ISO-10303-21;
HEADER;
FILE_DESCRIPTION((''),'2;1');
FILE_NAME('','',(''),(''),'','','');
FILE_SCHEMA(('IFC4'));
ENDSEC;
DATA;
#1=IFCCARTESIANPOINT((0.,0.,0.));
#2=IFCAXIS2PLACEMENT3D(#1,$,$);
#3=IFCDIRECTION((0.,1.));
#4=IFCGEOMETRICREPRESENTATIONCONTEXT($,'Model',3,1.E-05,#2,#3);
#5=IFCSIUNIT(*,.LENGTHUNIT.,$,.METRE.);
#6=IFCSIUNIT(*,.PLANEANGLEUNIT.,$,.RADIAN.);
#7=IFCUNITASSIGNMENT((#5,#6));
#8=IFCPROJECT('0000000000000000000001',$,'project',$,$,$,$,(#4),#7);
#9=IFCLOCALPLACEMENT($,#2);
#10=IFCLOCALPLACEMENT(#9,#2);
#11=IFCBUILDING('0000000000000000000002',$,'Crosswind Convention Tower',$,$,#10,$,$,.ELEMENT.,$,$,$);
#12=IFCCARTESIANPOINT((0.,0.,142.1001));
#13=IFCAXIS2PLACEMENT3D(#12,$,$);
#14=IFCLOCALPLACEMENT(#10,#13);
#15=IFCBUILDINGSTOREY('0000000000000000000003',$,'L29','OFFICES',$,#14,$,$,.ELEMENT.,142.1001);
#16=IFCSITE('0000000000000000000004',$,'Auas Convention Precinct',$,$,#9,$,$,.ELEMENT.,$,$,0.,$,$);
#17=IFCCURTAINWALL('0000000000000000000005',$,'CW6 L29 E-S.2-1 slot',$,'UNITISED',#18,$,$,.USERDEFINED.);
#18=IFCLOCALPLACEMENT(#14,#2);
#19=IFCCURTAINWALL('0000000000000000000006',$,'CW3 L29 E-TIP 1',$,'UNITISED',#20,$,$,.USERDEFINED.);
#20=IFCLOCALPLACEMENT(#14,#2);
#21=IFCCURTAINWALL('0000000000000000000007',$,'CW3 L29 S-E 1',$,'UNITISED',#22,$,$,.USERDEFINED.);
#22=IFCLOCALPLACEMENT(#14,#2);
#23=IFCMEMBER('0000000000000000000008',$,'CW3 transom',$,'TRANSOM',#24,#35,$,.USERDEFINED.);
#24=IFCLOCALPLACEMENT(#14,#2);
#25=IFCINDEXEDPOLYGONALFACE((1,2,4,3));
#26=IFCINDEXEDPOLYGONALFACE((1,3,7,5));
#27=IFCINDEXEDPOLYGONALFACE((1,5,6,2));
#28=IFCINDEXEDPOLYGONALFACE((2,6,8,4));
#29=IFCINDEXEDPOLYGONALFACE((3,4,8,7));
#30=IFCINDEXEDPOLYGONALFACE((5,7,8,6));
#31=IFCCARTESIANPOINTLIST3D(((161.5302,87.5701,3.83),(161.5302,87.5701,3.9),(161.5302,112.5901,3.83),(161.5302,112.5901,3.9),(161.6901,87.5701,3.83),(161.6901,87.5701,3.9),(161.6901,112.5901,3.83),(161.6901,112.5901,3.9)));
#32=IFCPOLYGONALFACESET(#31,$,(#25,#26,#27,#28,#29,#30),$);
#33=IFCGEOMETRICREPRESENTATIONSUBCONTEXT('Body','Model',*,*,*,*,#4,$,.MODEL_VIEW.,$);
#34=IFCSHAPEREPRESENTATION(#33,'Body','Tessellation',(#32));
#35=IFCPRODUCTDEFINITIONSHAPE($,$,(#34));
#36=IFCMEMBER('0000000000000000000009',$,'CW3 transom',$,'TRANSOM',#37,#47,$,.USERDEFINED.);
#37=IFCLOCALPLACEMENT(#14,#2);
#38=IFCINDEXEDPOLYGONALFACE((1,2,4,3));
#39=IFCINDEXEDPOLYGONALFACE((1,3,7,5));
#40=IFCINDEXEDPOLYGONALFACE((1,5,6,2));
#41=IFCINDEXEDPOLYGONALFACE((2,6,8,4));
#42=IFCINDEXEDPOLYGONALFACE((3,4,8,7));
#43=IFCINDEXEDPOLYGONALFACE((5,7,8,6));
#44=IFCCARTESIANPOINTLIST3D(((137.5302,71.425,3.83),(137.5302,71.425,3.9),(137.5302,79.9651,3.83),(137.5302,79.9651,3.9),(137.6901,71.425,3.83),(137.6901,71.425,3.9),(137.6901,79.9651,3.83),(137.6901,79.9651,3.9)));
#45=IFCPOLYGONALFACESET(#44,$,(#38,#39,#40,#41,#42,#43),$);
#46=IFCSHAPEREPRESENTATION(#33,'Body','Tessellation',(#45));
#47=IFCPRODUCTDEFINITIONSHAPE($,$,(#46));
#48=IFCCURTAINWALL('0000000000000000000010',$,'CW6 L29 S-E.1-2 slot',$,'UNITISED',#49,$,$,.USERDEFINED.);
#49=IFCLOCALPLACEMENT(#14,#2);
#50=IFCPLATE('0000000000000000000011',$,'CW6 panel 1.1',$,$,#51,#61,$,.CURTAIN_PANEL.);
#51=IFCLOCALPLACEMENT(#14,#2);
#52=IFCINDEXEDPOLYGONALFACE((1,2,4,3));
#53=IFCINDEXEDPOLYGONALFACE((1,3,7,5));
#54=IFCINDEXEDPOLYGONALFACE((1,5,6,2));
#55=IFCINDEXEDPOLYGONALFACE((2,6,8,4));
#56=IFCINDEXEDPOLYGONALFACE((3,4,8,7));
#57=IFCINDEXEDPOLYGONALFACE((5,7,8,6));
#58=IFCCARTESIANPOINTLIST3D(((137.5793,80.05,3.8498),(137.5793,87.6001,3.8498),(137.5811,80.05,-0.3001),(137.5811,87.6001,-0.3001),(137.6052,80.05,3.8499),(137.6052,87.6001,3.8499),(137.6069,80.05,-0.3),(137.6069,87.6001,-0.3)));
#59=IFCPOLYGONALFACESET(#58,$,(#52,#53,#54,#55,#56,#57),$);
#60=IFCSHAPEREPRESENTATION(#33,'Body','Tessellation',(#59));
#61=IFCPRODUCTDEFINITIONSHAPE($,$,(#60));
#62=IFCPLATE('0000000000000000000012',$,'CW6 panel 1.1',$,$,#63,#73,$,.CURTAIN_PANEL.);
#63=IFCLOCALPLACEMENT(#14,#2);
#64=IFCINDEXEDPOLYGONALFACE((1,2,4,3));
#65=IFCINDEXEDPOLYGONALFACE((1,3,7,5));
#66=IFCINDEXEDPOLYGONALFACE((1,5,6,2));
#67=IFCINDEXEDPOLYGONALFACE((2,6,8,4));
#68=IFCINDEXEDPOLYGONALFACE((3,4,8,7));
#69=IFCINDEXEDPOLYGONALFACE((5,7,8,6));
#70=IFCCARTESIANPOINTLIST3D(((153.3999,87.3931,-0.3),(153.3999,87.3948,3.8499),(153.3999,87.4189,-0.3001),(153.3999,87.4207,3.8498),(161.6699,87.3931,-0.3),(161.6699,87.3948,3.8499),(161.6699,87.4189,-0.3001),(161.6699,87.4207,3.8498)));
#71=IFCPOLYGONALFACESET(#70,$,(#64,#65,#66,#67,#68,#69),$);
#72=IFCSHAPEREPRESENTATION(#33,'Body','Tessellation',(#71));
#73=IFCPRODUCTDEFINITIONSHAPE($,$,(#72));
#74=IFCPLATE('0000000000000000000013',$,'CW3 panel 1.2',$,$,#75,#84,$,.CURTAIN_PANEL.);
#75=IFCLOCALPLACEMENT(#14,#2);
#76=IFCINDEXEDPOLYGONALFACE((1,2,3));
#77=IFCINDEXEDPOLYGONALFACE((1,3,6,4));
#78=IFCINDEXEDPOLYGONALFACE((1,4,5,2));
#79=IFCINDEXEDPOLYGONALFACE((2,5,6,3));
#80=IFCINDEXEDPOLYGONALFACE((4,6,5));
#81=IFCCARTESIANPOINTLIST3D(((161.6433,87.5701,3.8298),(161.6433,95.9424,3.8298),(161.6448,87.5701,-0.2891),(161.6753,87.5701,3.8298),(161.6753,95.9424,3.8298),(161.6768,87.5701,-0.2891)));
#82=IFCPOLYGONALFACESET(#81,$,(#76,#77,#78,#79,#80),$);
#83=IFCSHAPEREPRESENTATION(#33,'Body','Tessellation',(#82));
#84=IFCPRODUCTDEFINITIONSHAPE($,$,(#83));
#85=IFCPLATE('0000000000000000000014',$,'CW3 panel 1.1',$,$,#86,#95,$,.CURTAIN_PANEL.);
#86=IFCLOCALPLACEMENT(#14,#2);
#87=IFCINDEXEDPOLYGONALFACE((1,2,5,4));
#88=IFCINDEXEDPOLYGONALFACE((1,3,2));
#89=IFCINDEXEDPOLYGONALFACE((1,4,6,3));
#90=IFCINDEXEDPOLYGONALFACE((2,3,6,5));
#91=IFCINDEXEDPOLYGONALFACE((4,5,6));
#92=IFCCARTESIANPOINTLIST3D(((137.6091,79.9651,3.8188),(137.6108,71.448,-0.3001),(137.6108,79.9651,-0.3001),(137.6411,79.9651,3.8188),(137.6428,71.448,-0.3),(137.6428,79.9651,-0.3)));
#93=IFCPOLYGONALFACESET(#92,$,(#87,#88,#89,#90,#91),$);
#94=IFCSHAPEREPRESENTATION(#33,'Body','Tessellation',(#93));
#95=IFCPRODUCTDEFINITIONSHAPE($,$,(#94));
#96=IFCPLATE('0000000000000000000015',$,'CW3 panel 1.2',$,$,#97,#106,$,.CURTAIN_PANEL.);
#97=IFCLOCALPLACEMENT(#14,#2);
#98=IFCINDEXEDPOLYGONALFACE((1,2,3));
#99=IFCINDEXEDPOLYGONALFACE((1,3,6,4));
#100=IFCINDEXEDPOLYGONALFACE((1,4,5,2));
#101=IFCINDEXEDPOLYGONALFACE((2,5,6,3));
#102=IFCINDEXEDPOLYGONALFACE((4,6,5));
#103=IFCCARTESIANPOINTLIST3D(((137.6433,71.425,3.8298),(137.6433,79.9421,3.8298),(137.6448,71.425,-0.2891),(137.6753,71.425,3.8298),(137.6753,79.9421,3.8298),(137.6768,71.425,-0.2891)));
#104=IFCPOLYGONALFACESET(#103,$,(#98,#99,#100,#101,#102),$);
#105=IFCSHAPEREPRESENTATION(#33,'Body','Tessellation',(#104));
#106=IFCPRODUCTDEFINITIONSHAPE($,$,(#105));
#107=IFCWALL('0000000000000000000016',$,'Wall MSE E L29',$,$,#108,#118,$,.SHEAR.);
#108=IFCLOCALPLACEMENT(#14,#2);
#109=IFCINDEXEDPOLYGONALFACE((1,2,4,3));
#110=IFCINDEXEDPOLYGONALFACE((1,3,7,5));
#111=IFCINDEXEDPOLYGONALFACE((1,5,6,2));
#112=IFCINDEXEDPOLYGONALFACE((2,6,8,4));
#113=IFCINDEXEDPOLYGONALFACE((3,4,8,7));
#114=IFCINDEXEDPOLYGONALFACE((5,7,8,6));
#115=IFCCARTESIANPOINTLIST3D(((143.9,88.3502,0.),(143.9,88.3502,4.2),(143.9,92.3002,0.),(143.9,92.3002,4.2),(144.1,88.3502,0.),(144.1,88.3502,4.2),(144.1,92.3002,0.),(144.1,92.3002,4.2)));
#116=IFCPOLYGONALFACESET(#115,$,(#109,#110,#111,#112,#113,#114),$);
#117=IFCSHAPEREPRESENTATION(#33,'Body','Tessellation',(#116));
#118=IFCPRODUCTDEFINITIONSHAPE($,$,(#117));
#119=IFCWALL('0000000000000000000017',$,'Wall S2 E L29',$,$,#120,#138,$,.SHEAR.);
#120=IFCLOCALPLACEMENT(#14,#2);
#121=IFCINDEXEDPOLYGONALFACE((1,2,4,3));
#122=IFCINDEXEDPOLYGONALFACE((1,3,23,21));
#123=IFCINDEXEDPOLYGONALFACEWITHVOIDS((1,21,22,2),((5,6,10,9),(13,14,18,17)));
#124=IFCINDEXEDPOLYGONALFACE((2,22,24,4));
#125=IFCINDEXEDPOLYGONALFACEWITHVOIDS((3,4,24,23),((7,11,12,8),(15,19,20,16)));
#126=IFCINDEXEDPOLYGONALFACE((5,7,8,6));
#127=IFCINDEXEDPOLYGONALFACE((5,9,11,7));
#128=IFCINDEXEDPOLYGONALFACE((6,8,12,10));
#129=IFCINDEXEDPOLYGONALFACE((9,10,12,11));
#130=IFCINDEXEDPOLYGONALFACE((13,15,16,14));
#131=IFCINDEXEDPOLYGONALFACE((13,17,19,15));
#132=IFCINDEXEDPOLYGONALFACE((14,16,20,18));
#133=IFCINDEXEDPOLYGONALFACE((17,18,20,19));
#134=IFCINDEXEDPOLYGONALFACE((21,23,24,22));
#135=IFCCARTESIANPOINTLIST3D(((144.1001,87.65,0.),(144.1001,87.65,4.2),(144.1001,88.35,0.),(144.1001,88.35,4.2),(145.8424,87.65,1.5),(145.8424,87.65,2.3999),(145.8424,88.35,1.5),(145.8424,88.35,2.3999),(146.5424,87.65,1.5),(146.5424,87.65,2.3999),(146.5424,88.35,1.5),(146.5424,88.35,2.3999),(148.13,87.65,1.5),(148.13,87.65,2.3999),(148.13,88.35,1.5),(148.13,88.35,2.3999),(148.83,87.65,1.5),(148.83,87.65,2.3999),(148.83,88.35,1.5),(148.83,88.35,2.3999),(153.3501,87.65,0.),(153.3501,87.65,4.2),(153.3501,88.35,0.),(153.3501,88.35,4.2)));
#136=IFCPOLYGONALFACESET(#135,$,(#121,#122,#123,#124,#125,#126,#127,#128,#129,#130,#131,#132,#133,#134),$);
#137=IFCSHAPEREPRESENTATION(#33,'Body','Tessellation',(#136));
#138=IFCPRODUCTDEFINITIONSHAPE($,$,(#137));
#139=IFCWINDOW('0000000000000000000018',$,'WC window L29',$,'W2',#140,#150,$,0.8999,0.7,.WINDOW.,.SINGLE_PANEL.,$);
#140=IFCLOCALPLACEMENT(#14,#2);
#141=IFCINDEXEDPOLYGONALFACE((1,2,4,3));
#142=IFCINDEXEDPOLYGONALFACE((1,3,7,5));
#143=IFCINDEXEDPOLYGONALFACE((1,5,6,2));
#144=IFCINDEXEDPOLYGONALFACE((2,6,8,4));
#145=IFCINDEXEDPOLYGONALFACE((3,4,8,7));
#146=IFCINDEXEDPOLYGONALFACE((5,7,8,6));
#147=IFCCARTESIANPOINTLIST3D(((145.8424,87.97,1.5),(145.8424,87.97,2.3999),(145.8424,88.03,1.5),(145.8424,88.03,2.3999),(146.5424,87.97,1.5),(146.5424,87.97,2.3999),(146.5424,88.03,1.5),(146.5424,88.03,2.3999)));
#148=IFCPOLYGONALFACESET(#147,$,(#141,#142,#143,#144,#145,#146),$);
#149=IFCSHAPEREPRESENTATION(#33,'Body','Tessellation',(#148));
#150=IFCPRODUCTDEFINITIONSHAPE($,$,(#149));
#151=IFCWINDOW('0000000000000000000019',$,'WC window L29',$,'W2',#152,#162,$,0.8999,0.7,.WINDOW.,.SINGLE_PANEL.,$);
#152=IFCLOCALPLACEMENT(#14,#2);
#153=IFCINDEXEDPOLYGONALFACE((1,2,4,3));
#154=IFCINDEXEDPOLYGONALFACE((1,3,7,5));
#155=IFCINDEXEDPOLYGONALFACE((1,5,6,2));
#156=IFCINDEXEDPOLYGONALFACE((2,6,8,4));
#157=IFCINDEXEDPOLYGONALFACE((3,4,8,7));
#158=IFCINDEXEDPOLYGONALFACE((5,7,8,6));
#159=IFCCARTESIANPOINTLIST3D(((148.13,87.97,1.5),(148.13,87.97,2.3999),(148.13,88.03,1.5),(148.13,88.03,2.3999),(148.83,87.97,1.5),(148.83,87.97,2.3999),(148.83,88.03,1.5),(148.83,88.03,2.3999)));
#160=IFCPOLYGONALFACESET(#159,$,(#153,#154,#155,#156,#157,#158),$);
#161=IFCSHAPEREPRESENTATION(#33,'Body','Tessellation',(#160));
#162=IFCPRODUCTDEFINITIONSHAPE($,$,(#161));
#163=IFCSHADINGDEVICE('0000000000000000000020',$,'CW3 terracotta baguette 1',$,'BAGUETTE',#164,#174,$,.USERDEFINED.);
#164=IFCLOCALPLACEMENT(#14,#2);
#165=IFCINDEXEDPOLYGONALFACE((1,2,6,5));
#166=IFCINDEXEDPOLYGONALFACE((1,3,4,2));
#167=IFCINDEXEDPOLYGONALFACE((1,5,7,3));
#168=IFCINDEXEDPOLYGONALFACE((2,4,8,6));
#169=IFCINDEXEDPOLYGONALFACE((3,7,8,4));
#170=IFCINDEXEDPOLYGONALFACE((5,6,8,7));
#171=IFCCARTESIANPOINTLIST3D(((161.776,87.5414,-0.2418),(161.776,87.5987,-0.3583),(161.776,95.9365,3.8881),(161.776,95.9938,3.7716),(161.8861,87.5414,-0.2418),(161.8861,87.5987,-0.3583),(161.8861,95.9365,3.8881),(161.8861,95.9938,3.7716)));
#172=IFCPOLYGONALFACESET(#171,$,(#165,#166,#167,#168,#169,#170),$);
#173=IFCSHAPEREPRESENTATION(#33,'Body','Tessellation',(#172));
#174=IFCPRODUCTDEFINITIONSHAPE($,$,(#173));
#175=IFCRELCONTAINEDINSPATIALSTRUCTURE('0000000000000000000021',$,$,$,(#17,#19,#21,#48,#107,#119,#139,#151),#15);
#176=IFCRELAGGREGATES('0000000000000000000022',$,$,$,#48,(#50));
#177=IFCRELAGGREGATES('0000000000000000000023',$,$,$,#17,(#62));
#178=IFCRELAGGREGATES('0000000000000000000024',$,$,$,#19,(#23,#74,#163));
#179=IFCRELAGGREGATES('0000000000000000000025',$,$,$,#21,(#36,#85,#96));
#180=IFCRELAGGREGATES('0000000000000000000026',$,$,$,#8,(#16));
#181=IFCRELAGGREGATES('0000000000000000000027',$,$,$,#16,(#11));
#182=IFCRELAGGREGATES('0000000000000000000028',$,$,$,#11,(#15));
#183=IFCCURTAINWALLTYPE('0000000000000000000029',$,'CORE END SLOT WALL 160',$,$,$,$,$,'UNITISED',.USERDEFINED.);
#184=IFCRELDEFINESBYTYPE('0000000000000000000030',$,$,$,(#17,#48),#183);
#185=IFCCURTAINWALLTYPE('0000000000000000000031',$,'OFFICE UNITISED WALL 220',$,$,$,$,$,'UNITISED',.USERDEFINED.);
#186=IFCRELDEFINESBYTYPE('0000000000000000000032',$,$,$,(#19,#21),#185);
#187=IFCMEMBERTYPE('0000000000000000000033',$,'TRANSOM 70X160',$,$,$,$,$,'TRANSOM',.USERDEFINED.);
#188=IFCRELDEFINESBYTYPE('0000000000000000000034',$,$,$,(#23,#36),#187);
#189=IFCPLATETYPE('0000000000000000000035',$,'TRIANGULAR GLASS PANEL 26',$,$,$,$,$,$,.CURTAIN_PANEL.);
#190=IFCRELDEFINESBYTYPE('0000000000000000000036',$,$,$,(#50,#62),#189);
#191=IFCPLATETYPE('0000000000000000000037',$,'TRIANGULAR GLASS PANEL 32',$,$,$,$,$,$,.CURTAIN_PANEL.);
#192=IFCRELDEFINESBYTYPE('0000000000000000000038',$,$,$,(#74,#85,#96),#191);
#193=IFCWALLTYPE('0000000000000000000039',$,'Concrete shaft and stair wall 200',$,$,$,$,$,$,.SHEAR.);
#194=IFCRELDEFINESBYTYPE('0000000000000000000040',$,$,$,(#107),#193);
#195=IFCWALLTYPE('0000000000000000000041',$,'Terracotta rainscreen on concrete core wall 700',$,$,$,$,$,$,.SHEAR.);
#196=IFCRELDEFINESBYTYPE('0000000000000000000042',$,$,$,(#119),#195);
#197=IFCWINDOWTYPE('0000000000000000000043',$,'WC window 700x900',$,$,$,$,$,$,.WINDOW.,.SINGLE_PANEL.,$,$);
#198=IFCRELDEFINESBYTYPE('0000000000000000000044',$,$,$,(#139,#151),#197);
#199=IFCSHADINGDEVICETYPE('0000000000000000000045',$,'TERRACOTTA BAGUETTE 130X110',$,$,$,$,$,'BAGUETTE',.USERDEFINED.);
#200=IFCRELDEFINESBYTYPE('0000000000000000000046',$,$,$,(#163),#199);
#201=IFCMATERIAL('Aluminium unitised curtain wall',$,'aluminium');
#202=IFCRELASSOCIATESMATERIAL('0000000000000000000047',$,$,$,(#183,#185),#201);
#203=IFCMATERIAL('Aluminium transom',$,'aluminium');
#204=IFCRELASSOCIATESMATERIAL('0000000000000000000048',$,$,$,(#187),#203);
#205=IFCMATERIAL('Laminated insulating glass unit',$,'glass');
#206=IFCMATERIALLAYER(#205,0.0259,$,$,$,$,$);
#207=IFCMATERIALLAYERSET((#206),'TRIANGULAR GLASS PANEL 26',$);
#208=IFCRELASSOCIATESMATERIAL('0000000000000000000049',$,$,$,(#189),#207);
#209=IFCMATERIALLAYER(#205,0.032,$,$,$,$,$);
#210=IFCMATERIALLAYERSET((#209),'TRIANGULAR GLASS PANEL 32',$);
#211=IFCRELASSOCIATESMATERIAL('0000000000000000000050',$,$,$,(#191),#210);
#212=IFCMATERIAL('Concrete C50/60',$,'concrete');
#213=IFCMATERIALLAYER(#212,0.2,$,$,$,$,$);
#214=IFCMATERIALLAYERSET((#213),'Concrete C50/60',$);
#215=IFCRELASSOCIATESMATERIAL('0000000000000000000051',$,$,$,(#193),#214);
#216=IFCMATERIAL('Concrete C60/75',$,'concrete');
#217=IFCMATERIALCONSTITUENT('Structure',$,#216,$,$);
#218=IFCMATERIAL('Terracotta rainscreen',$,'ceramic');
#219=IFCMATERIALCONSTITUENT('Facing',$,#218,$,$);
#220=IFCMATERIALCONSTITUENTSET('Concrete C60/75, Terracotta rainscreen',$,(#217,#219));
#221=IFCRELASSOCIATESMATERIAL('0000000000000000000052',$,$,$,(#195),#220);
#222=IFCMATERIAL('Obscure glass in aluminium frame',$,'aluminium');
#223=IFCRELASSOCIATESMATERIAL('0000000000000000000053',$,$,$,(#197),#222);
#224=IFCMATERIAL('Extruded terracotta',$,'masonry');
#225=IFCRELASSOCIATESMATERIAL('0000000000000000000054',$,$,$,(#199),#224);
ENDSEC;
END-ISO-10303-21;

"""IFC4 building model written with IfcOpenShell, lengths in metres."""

from ifc_helpers import new_model, si_unit, direction, frame, frame_2d, origin, origin_2d, place, context, subcontext, project, spatial, polyline, rectangle, outline, extrude, material, layer, layer_set, constituent, constituent_set, material_profile, profile_set, type_object, element, fill, aggregate, save


model = new_model("IFC4")

# Units and contexts
model_context = context("Model", 3, precision=1e-05, world=origin(), true_north=direction((0.0, 1.0)))
body_context = subcontext(model_context, "Body", "Model", "MODEL_VIEW")
ifc_project = project(units=[si_unit("LENGTHUNIT", "METRE"), si_unit("PLANEANGLEUNIT", "RADIAN")], contexts=[model_context])

# Site, building, storey
site_placement = place(None, origin())
site = spatial("IfcSite", under=ifc_project, at=site_placement, Name="Auas Convention Precinct", CompositionType="ELEMENT", RefElevation=0.0)
building_placement = place(site_placement, origin())
building = spatial("IfcBuilding", under=site, at=building_placement, Name="Crosswind Convention Tower", CompositionType="ELEMENT")
storey_placement = place(building_placement, frame((0.0, 0.0, 142.1001)))
storey = spatial("IfcBuildingStorey", under=building, at=storey_placement, Name="L29", Description="OFFICES", CompositionType="ELEMENT", Elevation=142.1001)

# Shared definitions
ifc_material_1 = material(Name="Concrete C60/75", Category="concrete")

# Curtain wall
ifc_material_2 = material(Name="Aluminium unitised curtain wall", Category="aluminium")
curtain_wall_type_1 = type_object("IfcCurtainWallType", Name="CORE END SLOT WALL 160", ElementType="UNITISED", PredefinedType="USERDEFINED", material=ifc_material_2)
curtain_wall_1_placement = place(storey_placement, origin())
curtain_wall_1 = element("IfcCurtainWall", 1, at=curtain_wall_1_placement, inside=storey, type_object=curtain_wall_type_1, Name="CW6 L29 E-S.2-1 slot", ObjectType="UNITISED", PredefinedType="USERDEFINED")

# Curtain walls
curtain_wall_type_2 = type_object("IfcCurtainWallType", Name="OFFICE UNITISED WALL 220", ElementType="UNITISED", PredefinedType="USERDEFINED", material=ifc_material_2)
curtain_wall_2_placement = place(storey_placement, origin())
curtain_wall_2 = element("IfcCurtainWall", 2, at=curtain_wall_2_placement, inside=storey, type_object=curtain_wall_type_2, Name="CW3 L29 E-TIP 1", ObjectType="UNITISED", PredefinedType="USERDEFINED")
curtain_wall_3_placement = place(storey_placement, origin())
curtain_wall_3 = element("IfcCurtainWall", 3, at=curtain_wall_3_placement, inside=storey, type_object=curtain_wall_type_2, Name="CW3 L29 S-E 1", ObjectType="UNITISED", PredefinedType="USERDEFINED")

# Members
ifc_material_3 = material(Name="Aluminium transom", Category="aluminium")
ifc_material_profile_1 = material_profile(ifc_material_3, rectangle(XDim=0.1599, YDim=0.0701, at=origin_2d()), Name="AL 160X70")
ifc_profile_set_1 = profile_set([ifc_material_profile_1], Name="Aluminium transom")
member_type_1 = type_object("IfcMemberType", Name="TRANSOM 70X160", ElementType="TRANSOM", PredefinedType="USERDEFINED", material=ifc_profile_set_1)
member_1_placement = place(storey_placement, frame((161.6101, 87.5701, 3.865), z_axis=(0.0, 1.0, 0.0), x_axis=(-1.0, 0.0, 0.0)))
member_1 = element("IfcMember", 4, at=member_1_placement, type_object=member_type_1, Name="CW3 transom", ObjectType="TRANSOM", PredefinedType="USERDEFINED", context=body_context, shape_type="SweptSolid", body=[
    extrude(rectangle(XDim=0.1599, YDim=0.0701, at=origin_2d()), origin(), (0.0, 0.0, 1.0), 25.02),
])
member_2_placement = place(storey_placement, frame((137.6101, 71.425, 3.865), z_axis=(0.0, 1.0, 0.0), x_axis=(-1.0, 0.0, 0.0)))
member_2 = element("IfcMember", 5, at=member_2_placement, type_object=member_type_1, Name="CW3 transom", ObjectType="TRANSOM", PredefinedType="USERDEFINED", context=body_context, shape_type="SweptSolid", body=[
    extrude(rectangle(XDim=0.1599, YDim=0.0701, at=origin_2d()), origin(), (0.0, 0.0, 1.0), 8.54),
])

# Curtain wall, plate
curtain_wall_4_placement = place(storey_placement, origin())
curtain_wall_4 = element("IfcCurtainWall", 6, at=curtain_wall_4_placement, inside=storey, type_object=curtain_wall_type_1, Name="CW6 L29 S-E.1-2 slot", ObjectType="UNITISED", PredefinedType="USERDEFINED")
ifc_material_4 = material(Name="Laminated insulating glass unit", Category="glass")
ifc_layer_1 = layer(ifc_material_4, 0.0259)
ifc_layer_set_1 = layer_set([ifc_layer_1], Name="TRIANGULAR GLASS PANEL 26")
plate_type_1 = type_object("IfcPlateType", Name="TRIANGULAR GLASS PANEL 26", PredefinedType="CURTAIN_PANEL", material=ifc_layer_set_1)
plate_1_placement = place(storey_placement, frame((137.6069, 80.05, -0.3), z_axis=(1.0, 0.0, 0.000412), x_axis=(0.0, 1.0, 0.0)))
plate_1 = element("IfcPlate", 7, at=plate_1_placement, type_object=plate_type_1, Name="CW6 panel 1.1", PredefinedType="CURTAIN_PANEL", context=body_context, shape_type="SweptSolid", body=[
    extrude(outline(polyline([(0.0, 0.0), (7.55, 0.0), (7.55, 4.1499), (0.0, 4.1499), (0.0, 0.0)])), origin(), (0.0, 0.0, -1.0), 0.0259),
])
aggregate(curtain_wall_4, [plate_1])

# Plates
plate_2_placement = place(storey_placement, frame((153.3999, 87.3931, -0.3), z_axis=(0.0, -1.0, 0.000412), x_axis=(1.0, 0.0, 0.0)))
plate_2 = element("IfcPlate", 8, at=plate_2_placement, type_object=plate_type_1, Name="CW6 panel 1.1", PredefinedType="CURTAIN_PANEL", context=body_context, shape_type="SweptSolid", body=[
    extrude(outline(polyline([(0.0, 0.0), (8.27, 0.0), (8.27, 4.1499), (0.0, 4.1499), (0.0, 0.0)])), origin(), (0.0, 0.0, -1.0), 0.0259),
])
aggregate(curtain_wall_1, [plate_2])
ifc_layer_2 = layer(ifc_material_4, 0.032)
ifc_layer_set_2 = layer_set([ifc_layer_2], Name="TRIANGULAR GLASS PANEL 32")
plate_type_2 = type_object("IfcPlateType", Name="TRIANGULAR GLASS PANEL 32", PredefinedType="CURTAIN_PANEL", material=ifc_layer_set_2)
plate_3_placement = place(storey_placement, frame((161.6753, 87.5701, 3.8298), z_axis=(1.0, 0.0, 0.000356), x_axis=(0.000356, 0.0, -1.0)))
plate_3 = element("IfcPlate", 9, at=plate_3_placement, type_object=plate_type_2, Name="CW3 panel 1.2", PredefinedType="CURTAIN_PANEL", context=body_context, shape_type="SweptSolid", body=[
    extrude(outline(polyline([(0.0, 0.0), (4.1189, 0.0), (0.0, 8.3723), (0.0, 0.0)])), origin(), (0.0, 0.0, -1.0), 0.032),
])
plate_4_placement = place(storey_placement, frame((137.6428, 79.9651, -0.3), z_axis=(1.0, 0.0, 0.000415), x_axis=(-0.000415, 0.0, 1.0)))
plate_4 = element("IfcPlate", 10, at=plate_4_placement, type_object=plate_type_2, Name="CW3 panel 1.1", PredefinedType="CURTAIN_PANEL", context=body_context, shape_type="SweptSolid", body=[
    extrude(outline(polyline([(0.0, 0.0), (4.1189, 0.0), (0.0, 8.5171), (0.0, 0.0)])), origin(), (0.0, 0.0, -1.0), 0.032),
])
plate_5_placement = place(storey_placement, frame((137.6753, 71.425, 3.8298), z_axis=(1.0, 0.0, 0.000356), x_axis=(0.000356, 0.0, -1.0)))
plate_5 = element("IfcPlate", 11, at=plate_5_placement, type_object=plate_type_2, Name="CW3 panel 1.2", PredefinedType="CURTAIN_PANEL", context=body_context, shape_type="SweptSolid", body=[
    extrude(outline(polyline([(0.0, 0.0), (4.1189, 0.0), (0.0, 8.5171), (0.0, 0.0)])), origin(), (0.0, 0.0, -1.0), 0.032),
])

# Wall
ifc_material_5 = material(Name="Concrete C50/60", Category="concrete")
ifc_layer_3 = layer(ifc_material_5, 0.2)
ifc_layer_set_3 = layer_set([ifc_layer_3], Name="Concrete C50/60")
wall_type_1 = type_object("IfcWallType", Name="Concrete shaft and stair wall 200", PredefinedType="SHEAR", material=ifc_layer_set_3)
wall_1_placement = place(storey_placement, frame((144.0, 88.3501, 0.0), z_axis=(0.0, 0.0, 1.0), x_axis=(0.0, 1.0, 0.0)))
element("IfcWall", 12, at=wall_1_placement, inside=storey, type_object=wall_type_1, Name="Wall MSE E L29", PredefinedType="SHEAR", context=body_context, shape_type="SweptSolid", body=[
    extrude(rectangle(XDim=3.95, YDim=0.2, at=frame_2d((1.9751, 0.0))), origin(), (0.0, 0.0, 1.0), 4.2),
])

# Wall, openings, windows
ifc_constituent_1 = constituent(ifc_material_1, Name="Structure")
ifc_material_6 = material(Name="Terracotta rainscreen", Category="ceramic")
ifc_constituent_2 = constituent(ifc_material_6, Name="Facing")
ifc_constituent_set = constituent_set(constituents=[ifc_constituent_1, ifc_constituent_2], Name="Concrete C60/75, Terracotta rainscreen")
wall_type_2 = type_object("IfcWallType", Name="Terracotta rainscreen on concrete core wall 700", PredefinedType="SHEAR", material=ifc_constituent_set)
wall_2_placement = place(storey_placement, frame((144.1001, 88.0, 0.0), z_axis=(0.0, 0.0, 1.0), x_axis=(1.0, 0.0, 0.0)))
wall_2 = element("IfcWall", 13, at=wall_2_placement, inside=storey, type_object=wall_type_2, Name="Wall S2 E L29", PredefinedType="SHEAR", context=body_context, shape_type="SweptSolid", body=[
    extrude(rectangle(XDim=9.25, YDim=0.7, at=frame_2d((4.625, 0.0))), origin(), (0.0, 0.0, 1.0), 4.2),
])
opening_1_placement = place(wall_2_placement, frame((1.7422, 0.0, 1.5)))
opening_1 = element("IfcOpeningElement", 14, at=opening_1_placement, cuts=wall_2, PredefinedType="OPENING", context=body_context, shape_type="SweptSolid", body=[
    extrude(rectangle(XDim=0.7, YDim=0.8999, at=frame_2d((0.3501, 0.45))), frame((0.0, 0.3599, 0.0), z_axis=(0.0, -1.0, 0.0), x_axis=(1.0, 0.0, 0.0)), (0.0, 0.0, 1.0), 0.72),
])
opening_2_placement = place(wall_2_placement, frame((4.0298, 0.0, 1.5)))
opening_2 = element("IfcOpeningElement", 15, at=opening_2_placement, cuts=wall_2, PredefinedType="OPENING", context=body_context, shape_type="SweptSolid", body=[
    extrude(rectangle(XDim=0.7, YDim=0.8999, at=frame_2d((0.3501, 0.45))), frame((0.0, 0.3599, 0.0), z_axis=(0.0, -1.0, 0.0), x_axis=(1.0, 0.0, 0.0)), (0.0, 0.0, 1.0), 0.72),
])
ifc_material_7 = material(Name="Obscure glass in aluminium frame", Category="aluminium")
window_type = type_object("IfcWindowType", Name="WC window 700x900", PartitioningType="SINGLE_PANEL", PredefinedType="WINDOW", material=ifc_material_7)
window_1_placement = place(opening_1_placement, origin())
window_1 = element("IfcWindow", 16, at=window_1_placement, inside=storey, type_object=window_type, Name="WC window L29", ObjectType="W2", OverallHeight=0.8999, OverallWidth=0.7, PartitioningType="SINGLE_PANEL", PredefinedType="WINDOW", context=body_context, shape_type="SweptSolid", body=[
    extrude(rectangle(XDim=0.7, YDim=0.8999, at=frame_2d((0.3501, 0.45))), frame((0.0, 0.03, 0.0), z_axis=(0.0, -1.0, 0.0), x_axis=(1.0, 0.0, 0.0)), (0.0, 0.0, 1.0), 0.0601),
])
fill(opening_1, window_1)
window_2_placement = place(opening_2_placement, origin())
window_2 = element("IfcWindow", 17, at=window_2_placement, inside=storey, type_object=window_type, Name="WC window L29", ObjectType="W2", OverallHeight=0.8999, OverallWidth=0.7, PartitioningType="SINGLE_PANEL", PredefinedType="WINDOW", context=body_context, shape_type="SweptSolid", body=[
    extrude(rectangle(XDim=0.7, YDim=0.8999, at=frame_2d((0.3501, 0.45))), frame((0.0, 0.03, 0.0), z_axis=(0.0, -1.0, 0.0), x_axis=(1.0, 0.0, 0.0)), (0.0, 0.0, 1.0), 0.0601),
])
fill(opening_2, window_2)

# Shading device
ifc_material_8 = material(Name="Extruded terracotta", Category="masonry")
ifc_material_profile_2 = material_profile(ifc_material_8, rectangle(XDim=0.1101, YDim=0.1299, at=origin_2d()), Name="TC 110X130")
ifc_profile_set_2 = profile_set([ifc_material_profile_2], Name="Extruded terracotta")
shading_device_type = type_object("IfcShadingDeviceType", Name="TERRACOTTA BAGUETTE 130X110", ElementType="BAGUETTE", PredefinedType="USERDEFINED", material=ifc_profile_set_2)
shading_device_1_placement = place(storey_placement, frame((161.8311, 87.5701, -0.3), z_axis=(0.0, 0.8973, 0.441422), x_axis=(-1.0, 0.0, 0.0)))
shading_device_1 = element("IfcShadingDevice", 18, at=shading_device_1_placement, type_object=shading_device_type, Name="CW3 terracotta baguette 1", ObjectType="BAGUETTE", PredefinedType="USERDEFINED", context=body_context, shape_type="SweptSolid", body=[
    extrude(rectangle(XDim=0.1101, YDim=0.1299, at=origin_2d()), origin(), (0.0, 0.0, 1.0), 9.356),
])
aggregate(curtain_wall_2, [member_1, plate_3, shading_device_1])
aggregate(curtain_wall_3, [member_2, plate_4, plate_5])

save(model, "model.ifc")
